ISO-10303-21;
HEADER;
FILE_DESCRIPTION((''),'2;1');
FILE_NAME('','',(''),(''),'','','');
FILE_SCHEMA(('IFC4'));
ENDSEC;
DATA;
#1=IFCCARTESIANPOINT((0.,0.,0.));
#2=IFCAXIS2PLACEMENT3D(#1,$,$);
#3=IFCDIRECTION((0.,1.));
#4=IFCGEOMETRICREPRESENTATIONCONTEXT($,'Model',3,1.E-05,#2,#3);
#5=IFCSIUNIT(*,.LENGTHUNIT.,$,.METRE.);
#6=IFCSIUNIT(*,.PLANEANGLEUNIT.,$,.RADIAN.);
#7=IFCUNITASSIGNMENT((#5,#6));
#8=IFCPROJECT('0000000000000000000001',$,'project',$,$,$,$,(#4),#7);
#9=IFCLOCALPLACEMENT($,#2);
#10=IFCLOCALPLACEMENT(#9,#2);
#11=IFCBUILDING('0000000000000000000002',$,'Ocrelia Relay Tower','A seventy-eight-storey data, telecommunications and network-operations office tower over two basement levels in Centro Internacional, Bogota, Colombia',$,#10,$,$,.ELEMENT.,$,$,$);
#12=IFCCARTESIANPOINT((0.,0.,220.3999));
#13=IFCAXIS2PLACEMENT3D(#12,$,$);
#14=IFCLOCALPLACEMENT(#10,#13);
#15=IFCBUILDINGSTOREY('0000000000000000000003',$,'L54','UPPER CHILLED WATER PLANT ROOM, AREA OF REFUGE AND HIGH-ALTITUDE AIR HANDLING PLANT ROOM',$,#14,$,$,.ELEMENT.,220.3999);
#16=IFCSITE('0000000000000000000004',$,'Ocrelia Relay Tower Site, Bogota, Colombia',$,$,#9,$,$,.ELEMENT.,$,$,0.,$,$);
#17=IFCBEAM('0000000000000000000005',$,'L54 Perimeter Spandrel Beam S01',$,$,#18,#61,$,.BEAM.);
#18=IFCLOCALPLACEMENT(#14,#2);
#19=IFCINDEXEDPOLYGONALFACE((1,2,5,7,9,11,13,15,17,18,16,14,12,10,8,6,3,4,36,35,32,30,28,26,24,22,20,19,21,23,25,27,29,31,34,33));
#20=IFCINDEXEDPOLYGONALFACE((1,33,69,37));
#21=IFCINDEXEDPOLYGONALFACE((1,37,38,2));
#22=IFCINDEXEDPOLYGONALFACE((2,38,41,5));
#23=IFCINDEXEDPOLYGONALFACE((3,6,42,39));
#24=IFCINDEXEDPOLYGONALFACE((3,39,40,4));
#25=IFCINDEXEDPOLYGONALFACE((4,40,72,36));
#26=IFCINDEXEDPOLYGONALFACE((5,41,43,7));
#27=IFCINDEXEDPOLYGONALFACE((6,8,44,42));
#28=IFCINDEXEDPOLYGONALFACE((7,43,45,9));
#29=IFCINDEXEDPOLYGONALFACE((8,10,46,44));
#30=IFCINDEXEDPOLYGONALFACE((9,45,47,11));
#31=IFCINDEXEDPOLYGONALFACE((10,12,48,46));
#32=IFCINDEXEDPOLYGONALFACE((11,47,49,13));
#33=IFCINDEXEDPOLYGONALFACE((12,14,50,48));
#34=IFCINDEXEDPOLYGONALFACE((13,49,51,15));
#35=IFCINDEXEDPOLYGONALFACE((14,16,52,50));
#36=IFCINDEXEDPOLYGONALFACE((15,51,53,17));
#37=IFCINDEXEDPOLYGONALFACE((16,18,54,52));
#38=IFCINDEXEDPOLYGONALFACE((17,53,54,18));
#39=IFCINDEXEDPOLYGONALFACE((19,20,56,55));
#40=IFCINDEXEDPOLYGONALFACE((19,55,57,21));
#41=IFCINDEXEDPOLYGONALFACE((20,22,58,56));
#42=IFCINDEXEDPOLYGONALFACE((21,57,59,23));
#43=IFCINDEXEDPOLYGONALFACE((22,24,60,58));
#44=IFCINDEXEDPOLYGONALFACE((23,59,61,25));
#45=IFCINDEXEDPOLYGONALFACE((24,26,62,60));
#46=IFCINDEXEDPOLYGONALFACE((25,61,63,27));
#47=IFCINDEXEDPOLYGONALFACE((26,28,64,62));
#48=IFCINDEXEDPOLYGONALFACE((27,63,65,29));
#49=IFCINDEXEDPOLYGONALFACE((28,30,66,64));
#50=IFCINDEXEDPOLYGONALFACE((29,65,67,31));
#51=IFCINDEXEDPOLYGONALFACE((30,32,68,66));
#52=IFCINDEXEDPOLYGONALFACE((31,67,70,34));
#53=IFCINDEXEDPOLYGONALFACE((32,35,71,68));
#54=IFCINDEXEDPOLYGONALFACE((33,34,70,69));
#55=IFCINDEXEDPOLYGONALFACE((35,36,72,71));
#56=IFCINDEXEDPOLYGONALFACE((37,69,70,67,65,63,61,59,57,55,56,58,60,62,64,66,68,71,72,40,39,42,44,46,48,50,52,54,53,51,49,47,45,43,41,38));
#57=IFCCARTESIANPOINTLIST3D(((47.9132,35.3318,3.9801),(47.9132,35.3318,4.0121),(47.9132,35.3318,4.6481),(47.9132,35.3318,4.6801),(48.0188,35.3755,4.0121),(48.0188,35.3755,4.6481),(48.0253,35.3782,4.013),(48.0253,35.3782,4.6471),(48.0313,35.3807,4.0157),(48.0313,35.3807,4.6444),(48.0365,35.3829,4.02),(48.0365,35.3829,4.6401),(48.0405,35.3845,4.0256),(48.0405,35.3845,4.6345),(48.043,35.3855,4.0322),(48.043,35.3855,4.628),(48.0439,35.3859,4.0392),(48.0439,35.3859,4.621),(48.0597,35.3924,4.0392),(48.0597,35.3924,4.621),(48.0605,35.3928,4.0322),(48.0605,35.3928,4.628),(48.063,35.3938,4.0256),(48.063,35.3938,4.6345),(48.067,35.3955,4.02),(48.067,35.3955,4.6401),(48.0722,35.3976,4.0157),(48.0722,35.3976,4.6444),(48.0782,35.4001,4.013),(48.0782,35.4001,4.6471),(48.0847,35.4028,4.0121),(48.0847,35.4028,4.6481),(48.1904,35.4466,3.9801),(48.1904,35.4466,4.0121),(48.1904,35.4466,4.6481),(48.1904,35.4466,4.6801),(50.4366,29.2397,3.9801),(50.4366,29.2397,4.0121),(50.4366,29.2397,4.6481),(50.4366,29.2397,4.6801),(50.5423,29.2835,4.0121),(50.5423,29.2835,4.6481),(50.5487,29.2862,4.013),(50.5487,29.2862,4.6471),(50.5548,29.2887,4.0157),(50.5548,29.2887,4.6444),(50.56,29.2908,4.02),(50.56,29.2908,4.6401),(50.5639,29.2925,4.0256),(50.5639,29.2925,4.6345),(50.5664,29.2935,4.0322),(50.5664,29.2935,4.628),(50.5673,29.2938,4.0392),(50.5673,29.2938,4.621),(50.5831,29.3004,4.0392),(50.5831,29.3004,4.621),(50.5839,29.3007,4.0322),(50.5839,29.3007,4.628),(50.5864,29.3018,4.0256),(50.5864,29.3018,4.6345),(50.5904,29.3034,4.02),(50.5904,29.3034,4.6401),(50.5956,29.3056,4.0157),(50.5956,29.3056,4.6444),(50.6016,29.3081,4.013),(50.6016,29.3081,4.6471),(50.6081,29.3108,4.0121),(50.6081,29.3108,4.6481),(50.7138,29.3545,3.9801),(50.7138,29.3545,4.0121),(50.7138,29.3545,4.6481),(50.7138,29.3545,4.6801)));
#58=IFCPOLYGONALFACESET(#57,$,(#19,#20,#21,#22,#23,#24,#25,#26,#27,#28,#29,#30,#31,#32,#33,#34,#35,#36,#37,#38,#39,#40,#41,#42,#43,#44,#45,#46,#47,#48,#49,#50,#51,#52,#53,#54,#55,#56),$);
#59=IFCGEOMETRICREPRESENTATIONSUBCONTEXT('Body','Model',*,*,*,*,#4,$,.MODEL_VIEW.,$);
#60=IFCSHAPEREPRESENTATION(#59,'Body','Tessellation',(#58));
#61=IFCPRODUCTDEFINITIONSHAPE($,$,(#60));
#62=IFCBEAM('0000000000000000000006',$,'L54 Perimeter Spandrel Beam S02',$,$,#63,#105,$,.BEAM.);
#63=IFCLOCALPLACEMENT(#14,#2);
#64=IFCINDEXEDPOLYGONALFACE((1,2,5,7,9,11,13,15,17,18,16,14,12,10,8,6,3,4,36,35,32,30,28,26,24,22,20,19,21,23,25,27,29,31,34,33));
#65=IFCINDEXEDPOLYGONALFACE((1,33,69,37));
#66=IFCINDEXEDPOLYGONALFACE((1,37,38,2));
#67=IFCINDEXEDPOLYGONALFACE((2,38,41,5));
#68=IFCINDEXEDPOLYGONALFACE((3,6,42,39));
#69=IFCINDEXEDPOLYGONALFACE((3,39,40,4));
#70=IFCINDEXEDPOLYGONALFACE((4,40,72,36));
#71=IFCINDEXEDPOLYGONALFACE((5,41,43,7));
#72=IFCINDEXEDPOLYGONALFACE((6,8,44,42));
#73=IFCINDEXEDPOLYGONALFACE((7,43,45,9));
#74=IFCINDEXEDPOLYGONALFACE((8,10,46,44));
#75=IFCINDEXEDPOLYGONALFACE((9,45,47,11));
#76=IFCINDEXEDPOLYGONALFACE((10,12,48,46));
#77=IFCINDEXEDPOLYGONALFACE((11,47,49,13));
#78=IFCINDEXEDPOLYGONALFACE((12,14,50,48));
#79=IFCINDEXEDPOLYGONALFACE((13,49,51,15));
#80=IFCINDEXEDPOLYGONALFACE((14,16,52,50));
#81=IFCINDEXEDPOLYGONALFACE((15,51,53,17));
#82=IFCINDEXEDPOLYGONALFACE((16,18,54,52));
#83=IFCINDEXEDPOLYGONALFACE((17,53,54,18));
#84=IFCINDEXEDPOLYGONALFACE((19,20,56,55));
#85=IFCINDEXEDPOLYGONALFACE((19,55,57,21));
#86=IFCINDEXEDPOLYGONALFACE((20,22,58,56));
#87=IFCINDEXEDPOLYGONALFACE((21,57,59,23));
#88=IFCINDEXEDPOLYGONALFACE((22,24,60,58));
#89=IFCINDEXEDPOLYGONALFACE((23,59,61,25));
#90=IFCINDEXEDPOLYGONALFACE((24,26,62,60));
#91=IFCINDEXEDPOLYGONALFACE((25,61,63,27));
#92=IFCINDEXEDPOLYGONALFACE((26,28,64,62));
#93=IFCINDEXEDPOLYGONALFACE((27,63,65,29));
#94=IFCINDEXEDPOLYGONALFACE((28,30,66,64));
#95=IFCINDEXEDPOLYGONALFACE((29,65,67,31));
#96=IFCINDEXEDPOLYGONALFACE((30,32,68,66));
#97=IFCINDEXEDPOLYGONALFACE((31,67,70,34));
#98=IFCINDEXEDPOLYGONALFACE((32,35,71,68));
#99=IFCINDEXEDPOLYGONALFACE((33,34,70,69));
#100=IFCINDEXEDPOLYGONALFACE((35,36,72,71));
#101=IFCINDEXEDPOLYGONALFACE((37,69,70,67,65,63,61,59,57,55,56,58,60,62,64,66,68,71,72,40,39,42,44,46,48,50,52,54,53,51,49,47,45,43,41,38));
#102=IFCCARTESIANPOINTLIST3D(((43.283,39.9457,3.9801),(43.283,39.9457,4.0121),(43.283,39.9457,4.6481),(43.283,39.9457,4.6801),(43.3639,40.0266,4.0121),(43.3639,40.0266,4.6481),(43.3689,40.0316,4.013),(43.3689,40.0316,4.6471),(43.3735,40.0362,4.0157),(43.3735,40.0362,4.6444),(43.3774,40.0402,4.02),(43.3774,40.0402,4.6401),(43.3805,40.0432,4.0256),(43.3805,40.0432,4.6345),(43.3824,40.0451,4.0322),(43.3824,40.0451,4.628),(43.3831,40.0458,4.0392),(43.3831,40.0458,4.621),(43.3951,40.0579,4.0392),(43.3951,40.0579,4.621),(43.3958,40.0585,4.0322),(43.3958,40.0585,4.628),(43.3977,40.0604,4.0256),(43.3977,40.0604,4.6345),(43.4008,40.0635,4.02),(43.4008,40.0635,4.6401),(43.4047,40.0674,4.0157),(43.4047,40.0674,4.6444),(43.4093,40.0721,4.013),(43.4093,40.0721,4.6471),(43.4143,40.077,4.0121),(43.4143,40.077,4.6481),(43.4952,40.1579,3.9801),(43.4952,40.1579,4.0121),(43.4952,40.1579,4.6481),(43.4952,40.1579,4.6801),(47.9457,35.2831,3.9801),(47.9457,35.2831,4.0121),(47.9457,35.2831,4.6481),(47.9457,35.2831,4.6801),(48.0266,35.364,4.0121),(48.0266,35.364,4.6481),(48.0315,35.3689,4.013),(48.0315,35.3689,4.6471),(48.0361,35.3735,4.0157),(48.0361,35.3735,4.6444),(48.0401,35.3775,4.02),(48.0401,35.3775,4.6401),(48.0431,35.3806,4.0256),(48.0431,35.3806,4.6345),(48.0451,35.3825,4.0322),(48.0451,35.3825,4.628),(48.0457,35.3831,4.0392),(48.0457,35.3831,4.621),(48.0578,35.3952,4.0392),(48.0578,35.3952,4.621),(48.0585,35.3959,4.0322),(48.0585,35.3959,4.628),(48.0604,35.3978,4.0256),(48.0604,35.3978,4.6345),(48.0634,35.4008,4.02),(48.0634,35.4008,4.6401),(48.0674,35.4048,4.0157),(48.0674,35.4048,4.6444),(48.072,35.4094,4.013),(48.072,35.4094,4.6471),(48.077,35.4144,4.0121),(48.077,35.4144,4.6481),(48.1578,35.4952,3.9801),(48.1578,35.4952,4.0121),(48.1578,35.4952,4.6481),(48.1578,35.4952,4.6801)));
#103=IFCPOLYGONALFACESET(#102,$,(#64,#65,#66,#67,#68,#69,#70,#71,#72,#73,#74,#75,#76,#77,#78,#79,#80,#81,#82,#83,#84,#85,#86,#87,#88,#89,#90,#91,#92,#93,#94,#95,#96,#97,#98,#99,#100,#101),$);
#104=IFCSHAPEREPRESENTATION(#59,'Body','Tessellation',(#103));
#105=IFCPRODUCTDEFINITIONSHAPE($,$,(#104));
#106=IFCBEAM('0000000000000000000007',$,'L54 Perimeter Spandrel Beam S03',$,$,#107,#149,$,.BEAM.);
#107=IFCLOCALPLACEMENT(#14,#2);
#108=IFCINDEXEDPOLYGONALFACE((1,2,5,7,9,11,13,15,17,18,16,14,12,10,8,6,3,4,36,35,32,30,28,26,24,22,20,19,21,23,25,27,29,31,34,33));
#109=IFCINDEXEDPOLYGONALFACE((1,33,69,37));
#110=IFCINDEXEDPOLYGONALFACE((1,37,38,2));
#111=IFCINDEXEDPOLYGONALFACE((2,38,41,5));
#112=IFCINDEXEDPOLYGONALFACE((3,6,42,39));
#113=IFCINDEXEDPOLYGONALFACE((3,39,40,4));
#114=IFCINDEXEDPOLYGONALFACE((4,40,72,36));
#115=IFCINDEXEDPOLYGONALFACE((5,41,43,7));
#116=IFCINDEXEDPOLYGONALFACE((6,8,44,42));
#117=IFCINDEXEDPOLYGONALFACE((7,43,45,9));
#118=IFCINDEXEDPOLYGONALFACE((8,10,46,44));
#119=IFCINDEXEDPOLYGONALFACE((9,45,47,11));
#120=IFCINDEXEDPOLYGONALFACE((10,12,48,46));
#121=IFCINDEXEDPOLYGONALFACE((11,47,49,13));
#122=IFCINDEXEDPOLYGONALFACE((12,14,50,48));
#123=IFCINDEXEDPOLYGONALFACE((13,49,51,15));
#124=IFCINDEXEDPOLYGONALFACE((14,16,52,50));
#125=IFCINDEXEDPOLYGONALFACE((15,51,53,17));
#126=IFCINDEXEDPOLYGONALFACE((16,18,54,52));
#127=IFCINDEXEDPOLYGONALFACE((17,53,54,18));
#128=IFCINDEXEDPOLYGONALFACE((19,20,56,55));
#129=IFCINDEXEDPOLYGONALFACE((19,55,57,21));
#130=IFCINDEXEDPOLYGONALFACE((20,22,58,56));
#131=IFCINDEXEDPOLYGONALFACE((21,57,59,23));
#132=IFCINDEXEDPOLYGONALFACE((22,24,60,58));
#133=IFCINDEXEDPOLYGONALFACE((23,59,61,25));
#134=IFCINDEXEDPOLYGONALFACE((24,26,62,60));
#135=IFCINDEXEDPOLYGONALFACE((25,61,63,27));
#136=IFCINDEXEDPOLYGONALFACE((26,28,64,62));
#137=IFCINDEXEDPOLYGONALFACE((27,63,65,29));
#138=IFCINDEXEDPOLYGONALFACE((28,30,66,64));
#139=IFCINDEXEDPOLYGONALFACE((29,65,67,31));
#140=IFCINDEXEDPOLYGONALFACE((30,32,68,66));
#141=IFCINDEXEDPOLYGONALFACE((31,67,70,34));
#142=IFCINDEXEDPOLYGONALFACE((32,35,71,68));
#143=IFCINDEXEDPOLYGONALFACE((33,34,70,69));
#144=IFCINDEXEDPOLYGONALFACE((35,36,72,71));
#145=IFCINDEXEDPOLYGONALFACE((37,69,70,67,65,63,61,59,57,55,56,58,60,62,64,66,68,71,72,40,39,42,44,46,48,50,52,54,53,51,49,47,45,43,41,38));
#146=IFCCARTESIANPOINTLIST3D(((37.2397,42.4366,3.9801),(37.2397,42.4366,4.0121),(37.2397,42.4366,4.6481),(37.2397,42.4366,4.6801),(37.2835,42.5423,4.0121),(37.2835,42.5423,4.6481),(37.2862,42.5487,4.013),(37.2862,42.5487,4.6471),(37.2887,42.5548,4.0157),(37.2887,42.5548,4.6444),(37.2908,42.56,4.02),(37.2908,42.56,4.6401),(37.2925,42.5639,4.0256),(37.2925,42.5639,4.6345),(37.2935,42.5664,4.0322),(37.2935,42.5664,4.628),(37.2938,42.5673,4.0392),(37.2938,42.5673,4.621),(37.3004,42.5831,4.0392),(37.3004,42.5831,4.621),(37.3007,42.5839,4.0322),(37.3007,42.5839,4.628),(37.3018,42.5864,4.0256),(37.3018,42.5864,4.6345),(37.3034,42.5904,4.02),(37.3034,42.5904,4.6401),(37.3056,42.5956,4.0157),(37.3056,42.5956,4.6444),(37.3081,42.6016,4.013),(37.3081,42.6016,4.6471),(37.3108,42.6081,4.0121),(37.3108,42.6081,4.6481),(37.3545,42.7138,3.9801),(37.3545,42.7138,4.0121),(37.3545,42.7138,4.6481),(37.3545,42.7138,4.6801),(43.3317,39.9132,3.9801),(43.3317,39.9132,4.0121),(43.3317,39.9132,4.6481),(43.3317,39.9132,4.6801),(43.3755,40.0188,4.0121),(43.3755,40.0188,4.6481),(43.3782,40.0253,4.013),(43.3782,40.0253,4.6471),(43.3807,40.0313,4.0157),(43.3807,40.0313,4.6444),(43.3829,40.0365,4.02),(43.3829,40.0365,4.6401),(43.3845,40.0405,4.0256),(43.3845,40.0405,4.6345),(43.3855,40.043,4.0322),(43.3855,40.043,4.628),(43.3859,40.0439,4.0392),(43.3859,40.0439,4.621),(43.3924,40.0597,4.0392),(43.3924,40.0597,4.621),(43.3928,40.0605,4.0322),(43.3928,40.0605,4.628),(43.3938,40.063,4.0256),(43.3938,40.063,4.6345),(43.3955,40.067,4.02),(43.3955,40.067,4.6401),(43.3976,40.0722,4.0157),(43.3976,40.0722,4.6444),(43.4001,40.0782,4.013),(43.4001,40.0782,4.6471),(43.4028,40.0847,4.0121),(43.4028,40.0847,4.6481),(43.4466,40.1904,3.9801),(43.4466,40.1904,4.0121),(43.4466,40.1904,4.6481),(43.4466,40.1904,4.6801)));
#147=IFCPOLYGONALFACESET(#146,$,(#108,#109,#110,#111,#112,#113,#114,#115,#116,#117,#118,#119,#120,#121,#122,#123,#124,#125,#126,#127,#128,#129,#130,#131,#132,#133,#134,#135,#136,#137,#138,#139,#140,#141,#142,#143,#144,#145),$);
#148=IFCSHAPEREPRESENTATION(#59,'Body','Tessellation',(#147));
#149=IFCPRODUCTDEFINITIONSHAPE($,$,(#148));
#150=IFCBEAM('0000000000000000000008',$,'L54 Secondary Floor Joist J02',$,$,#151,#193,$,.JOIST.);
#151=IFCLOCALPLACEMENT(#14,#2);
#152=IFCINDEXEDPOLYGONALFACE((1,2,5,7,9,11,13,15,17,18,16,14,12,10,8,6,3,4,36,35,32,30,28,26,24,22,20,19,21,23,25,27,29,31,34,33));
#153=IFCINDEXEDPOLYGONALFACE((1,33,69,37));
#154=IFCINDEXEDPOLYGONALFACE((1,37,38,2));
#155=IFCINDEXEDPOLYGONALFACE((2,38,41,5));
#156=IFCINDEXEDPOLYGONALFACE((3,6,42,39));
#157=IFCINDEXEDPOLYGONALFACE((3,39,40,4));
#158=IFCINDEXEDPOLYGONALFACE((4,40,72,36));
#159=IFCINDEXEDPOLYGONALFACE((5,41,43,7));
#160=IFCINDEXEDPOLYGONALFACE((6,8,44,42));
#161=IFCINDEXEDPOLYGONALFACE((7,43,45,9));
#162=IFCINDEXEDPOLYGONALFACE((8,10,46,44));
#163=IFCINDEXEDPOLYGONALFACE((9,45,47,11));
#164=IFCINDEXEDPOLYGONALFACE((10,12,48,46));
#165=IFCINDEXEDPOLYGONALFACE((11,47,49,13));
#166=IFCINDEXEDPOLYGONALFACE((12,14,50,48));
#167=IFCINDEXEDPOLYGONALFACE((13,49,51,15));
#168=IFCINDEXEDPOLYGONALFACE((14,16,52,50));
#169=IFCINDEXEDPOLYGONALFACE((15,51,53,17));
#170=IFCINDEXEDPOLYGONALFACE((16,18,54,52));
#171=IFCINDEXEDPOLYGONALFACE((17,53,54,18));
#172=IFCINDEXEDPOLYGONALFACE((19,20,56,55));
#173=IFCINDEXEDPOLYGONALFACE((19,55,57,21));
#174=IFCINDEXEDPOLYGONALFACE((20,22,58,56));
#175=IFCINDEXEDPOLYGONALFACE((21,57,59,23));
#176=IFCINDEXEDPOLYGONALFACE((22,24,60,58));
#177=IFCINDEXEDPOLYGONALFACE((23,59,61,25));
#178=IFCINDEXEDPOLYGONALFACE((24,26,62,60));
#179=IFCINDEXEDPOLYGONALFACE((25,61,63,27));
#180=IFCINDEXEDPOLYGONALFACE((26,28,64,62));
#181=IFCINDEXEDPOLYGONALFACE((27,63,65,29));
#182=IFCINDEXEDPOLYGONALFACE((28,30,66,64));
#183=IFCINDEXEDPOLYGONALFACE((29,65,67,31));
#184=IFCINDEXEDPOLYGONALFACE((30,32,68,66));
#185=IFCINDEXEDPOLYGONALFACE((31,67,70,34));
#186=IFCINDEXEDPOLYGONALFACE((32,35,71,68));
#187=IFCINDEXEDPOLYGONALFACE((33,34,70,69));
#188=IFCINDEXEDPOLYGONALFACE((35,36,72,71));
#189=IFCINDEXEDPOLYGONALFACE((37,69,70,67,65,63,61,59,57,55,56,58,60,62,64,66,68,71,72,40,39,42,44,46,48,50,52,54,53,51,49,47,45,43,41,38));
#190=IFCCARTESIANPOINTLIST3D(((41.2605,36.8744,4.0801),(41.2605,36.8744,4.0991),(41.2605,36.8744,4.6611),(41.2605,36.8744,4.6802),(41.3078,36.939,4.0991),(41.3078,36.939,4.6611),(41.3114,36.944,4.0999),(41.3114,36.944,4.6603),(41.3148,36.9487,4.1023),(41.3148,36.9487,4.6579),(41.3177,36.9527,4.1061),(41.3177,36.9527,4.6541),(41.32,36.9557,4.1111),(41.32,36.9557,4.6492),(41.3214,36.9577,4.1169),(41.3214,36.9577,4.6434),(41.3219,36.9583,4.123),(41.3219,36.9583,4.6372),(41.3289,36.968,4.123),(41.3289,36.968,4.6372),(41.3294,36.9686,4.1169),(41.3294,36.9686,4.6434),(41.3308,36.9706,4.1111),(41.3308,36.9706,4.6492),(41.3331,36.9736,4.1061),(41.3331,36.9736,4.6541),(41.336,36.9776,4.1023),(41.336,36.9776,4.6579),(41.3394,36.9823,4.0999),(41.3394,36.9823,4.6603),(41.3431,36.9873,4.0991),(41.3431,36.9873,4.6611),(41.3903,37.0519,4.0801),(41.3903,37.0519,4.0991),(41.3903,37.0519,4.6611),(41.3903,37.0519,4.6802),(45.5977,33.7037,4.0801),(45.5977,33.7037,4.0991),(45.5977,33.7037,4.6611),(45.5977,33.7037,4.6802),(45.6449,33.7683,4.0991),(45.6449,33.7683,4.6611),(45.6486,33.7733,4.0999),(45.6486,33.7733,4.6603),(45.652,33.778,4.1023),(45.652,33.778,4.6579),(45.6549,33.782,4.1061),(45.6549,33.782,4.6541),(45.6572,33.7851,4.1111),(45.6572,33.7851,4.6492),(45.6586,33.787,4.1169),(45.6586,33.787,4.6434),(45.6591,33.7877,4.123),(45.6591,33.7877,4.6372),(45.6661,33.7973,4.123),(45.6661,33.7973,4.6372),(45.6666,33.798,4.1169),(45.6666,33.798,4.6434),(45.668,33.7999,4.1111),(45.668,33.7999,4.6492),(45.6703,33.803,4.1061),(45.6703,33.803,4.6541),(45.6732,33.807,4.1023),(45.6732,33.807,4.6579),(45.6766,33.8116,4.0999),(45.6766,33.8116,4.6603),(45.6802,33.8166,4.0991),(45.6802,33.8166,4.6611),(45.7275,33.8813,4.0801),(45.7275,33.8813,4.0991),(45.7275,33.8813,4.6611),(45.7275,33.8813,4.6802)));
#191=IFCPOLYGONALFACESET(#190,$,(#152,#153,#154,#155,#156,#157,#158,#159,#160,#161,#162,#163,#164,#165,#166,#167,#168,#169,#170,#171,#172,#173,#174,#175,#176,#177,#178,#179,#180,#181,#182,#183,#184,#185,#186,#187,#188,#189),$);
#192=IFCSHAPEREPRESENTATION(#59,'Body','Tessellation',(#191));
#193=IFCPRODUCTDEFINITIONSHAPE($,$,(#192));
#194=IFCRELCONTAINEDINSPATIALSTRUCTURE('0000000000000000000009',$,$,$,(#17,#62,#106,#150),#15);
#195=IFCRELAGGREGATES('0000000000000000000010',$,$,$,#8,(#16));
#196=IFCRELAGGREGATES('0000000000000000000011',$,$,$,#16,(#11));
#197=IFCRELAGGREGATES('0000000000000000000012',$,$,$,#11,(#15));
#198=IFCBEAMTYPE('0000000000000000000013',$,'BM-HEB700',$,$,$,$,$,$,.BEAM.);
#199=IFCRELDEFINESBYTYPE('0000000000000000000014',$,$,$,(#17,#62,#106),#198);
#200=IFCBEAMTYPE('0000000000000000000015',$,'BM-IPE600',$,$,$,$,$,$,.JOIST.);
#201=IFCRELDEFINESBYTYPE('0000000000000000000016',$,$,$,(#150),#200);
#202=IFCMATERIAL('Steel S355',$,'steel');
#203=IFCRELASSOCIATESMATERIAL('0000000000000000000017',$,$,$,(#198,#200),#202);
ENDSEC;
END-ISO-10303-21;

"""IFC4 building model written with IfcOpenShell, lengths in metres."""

from ifc_helpers import new_model, si_unit, direction, frame, origin, origin_2d, place, context, subcontext, project, spatial, i_section, extrude, material, material_profile, profile_set, type_object, element, save


model = new_model("IFC4")

# Units and contexts
model_context = context("Model", 3, precision=1e-05, world=origin(), true_north=direction((0.0, 1.0)))
body_context = subcontext(model_context, "Body", "Model", "MODEL_VIEW")
ifc_project = project(units=[si_unit("LENGTHUNIT", "METRE"), si_unit("PLANEANGLEUNIT", "RADIAN")], contexts=[model_context])

# Site, building, storey
site_placement = place(None, origin())
site = spatial("IfcSite", under=ifc_project, at=site_placement, Name="Ocrelia Relay Tower Site, Bogota, Colombia", CompositionType="ELEMENT", RefElevation=0.0)
building_placement = place(site_placement, origin())
building = spatial("IfcBuilding", under=site, at=building_placement, Name="Ocrelia Relay Tower", Description="A seventy-eight-storey data, telecommunications and network-operations office tower over two basement levels in Centro Internacional, Bogota, Colombia", CompositionType="ELEMENT")
storey_placement = place(building_placement, frame((0.0, 0.0, 220.3999)))
storey = spatial("IfcBuildingStorey", under=building, at=storey_placement, Name="L54", Description="UPPER CHILLED WATER PLANT ROOM, AREA OF REFUGE AND HIGH-ALTITUDE AIR HANDLING PLANT ROOM", CompositionType="ELEMENT", Elevation=220.3999)

# Beams
ifc_material_1 = material(Name="Steel S355", Category="steel")
ifc_material_profile_1 = material_profile(ifc_material_1, i_section(OverallWidth=0.3, OverallDepth=0.7, WebThickness=0.0171, FlangeThickness=0.032, FilletRadius=0.0271, at=origin_2d()), Name="HEB 700")
ifc_profile_set_1 = profile_set([ifc_material_profile_1], Name="Steel S355")
beam_type_1 = type_object("IfcBeamType", Name="BM-HEB700", PredefinedType="BEAM", material=ifc_profile_set_1)
for number, where, z_axis, x_axis, name in (
    (1, (50.5752, 29.2971, 4.3301), (-0.382688, 0.923878, 0.0), (-0.923878, -0.382688, 0.0), "L54 Perimeter Spandrel Beam S01"),
    (2, (48.0518, 35.3892, 4.3301), (-0.707107, 0.707107, 0.0), (-0.707107, -0.707107, 0.0), "L54 Perimeter Spandrel Beam S02"),
    (3, (43.3892, 40.0518, 4.3301), (-0.923878, 0.382688, 0.0), (-0.382688, -0.923878, 0.0), "L54 Perimeter Spandrel Beam S03"),
):
    element("IfcBeam", number, at=place(storey_placement, frame(where, z_axis=z_axis, x_axis=x_axis)), inside=storey, type_object=beam_type_1, Name=name, PredefinedType="BEAM", context=body_context, shape_type="SweptSolid", body=[
        extrude(i_section(OverallWidth=0.3, OverallDepth=0.7, WebThickness=0.0171, FlangeThickness=0.032, FilletRadius=0.0271, at=origin_2d()), origin(), (0.0, 0.0, 1.0), 6.594),
    ])
ifc_material_profile_2 = material_profile(ifc_material_1, i_section(OverallWidth=0.22, OverallDepth=0.6001, WebThickness=0.012, FlangeThickness=0.019, FilletRadius=0.0239, at=origin_2d()), Name="IPE 600")
ifc_profile_set_2 = profile_set([ifc_material_profile_2], Name="Steel S355")
beam_type_2 = type_object("IfcBeamType", Name="BM-IPE600", PredefinedType="JOIST", material=ifc_profile_set_2)
beam_1_placement = place(storey_placement, frame((45.6626, 33.7925, 4.3801), z_axis=(-0.807285, 0.590161, 0.0), x_axis=(-0.590161, -0.807285, 0.0)))
element("IfcBeam", 4, at=beam_1_placement, inside=storey, type_object=beam_type_2, Name="L54 Secondary Floor Joist J02", PredefinedType="JOIST", context=body_context, shape_type="SweptSolid", body=[
    extrude(i_section(OverallWidth=0.22, OverallDepth=0.6001, WebThickness=0.012, FlangeThickness=0.019, FilletRadius=0.0239, at=origin_2d()), origin(), (0.0, 0.0, 1.0), 5.3726),
])

save(model, "model.ifc")
